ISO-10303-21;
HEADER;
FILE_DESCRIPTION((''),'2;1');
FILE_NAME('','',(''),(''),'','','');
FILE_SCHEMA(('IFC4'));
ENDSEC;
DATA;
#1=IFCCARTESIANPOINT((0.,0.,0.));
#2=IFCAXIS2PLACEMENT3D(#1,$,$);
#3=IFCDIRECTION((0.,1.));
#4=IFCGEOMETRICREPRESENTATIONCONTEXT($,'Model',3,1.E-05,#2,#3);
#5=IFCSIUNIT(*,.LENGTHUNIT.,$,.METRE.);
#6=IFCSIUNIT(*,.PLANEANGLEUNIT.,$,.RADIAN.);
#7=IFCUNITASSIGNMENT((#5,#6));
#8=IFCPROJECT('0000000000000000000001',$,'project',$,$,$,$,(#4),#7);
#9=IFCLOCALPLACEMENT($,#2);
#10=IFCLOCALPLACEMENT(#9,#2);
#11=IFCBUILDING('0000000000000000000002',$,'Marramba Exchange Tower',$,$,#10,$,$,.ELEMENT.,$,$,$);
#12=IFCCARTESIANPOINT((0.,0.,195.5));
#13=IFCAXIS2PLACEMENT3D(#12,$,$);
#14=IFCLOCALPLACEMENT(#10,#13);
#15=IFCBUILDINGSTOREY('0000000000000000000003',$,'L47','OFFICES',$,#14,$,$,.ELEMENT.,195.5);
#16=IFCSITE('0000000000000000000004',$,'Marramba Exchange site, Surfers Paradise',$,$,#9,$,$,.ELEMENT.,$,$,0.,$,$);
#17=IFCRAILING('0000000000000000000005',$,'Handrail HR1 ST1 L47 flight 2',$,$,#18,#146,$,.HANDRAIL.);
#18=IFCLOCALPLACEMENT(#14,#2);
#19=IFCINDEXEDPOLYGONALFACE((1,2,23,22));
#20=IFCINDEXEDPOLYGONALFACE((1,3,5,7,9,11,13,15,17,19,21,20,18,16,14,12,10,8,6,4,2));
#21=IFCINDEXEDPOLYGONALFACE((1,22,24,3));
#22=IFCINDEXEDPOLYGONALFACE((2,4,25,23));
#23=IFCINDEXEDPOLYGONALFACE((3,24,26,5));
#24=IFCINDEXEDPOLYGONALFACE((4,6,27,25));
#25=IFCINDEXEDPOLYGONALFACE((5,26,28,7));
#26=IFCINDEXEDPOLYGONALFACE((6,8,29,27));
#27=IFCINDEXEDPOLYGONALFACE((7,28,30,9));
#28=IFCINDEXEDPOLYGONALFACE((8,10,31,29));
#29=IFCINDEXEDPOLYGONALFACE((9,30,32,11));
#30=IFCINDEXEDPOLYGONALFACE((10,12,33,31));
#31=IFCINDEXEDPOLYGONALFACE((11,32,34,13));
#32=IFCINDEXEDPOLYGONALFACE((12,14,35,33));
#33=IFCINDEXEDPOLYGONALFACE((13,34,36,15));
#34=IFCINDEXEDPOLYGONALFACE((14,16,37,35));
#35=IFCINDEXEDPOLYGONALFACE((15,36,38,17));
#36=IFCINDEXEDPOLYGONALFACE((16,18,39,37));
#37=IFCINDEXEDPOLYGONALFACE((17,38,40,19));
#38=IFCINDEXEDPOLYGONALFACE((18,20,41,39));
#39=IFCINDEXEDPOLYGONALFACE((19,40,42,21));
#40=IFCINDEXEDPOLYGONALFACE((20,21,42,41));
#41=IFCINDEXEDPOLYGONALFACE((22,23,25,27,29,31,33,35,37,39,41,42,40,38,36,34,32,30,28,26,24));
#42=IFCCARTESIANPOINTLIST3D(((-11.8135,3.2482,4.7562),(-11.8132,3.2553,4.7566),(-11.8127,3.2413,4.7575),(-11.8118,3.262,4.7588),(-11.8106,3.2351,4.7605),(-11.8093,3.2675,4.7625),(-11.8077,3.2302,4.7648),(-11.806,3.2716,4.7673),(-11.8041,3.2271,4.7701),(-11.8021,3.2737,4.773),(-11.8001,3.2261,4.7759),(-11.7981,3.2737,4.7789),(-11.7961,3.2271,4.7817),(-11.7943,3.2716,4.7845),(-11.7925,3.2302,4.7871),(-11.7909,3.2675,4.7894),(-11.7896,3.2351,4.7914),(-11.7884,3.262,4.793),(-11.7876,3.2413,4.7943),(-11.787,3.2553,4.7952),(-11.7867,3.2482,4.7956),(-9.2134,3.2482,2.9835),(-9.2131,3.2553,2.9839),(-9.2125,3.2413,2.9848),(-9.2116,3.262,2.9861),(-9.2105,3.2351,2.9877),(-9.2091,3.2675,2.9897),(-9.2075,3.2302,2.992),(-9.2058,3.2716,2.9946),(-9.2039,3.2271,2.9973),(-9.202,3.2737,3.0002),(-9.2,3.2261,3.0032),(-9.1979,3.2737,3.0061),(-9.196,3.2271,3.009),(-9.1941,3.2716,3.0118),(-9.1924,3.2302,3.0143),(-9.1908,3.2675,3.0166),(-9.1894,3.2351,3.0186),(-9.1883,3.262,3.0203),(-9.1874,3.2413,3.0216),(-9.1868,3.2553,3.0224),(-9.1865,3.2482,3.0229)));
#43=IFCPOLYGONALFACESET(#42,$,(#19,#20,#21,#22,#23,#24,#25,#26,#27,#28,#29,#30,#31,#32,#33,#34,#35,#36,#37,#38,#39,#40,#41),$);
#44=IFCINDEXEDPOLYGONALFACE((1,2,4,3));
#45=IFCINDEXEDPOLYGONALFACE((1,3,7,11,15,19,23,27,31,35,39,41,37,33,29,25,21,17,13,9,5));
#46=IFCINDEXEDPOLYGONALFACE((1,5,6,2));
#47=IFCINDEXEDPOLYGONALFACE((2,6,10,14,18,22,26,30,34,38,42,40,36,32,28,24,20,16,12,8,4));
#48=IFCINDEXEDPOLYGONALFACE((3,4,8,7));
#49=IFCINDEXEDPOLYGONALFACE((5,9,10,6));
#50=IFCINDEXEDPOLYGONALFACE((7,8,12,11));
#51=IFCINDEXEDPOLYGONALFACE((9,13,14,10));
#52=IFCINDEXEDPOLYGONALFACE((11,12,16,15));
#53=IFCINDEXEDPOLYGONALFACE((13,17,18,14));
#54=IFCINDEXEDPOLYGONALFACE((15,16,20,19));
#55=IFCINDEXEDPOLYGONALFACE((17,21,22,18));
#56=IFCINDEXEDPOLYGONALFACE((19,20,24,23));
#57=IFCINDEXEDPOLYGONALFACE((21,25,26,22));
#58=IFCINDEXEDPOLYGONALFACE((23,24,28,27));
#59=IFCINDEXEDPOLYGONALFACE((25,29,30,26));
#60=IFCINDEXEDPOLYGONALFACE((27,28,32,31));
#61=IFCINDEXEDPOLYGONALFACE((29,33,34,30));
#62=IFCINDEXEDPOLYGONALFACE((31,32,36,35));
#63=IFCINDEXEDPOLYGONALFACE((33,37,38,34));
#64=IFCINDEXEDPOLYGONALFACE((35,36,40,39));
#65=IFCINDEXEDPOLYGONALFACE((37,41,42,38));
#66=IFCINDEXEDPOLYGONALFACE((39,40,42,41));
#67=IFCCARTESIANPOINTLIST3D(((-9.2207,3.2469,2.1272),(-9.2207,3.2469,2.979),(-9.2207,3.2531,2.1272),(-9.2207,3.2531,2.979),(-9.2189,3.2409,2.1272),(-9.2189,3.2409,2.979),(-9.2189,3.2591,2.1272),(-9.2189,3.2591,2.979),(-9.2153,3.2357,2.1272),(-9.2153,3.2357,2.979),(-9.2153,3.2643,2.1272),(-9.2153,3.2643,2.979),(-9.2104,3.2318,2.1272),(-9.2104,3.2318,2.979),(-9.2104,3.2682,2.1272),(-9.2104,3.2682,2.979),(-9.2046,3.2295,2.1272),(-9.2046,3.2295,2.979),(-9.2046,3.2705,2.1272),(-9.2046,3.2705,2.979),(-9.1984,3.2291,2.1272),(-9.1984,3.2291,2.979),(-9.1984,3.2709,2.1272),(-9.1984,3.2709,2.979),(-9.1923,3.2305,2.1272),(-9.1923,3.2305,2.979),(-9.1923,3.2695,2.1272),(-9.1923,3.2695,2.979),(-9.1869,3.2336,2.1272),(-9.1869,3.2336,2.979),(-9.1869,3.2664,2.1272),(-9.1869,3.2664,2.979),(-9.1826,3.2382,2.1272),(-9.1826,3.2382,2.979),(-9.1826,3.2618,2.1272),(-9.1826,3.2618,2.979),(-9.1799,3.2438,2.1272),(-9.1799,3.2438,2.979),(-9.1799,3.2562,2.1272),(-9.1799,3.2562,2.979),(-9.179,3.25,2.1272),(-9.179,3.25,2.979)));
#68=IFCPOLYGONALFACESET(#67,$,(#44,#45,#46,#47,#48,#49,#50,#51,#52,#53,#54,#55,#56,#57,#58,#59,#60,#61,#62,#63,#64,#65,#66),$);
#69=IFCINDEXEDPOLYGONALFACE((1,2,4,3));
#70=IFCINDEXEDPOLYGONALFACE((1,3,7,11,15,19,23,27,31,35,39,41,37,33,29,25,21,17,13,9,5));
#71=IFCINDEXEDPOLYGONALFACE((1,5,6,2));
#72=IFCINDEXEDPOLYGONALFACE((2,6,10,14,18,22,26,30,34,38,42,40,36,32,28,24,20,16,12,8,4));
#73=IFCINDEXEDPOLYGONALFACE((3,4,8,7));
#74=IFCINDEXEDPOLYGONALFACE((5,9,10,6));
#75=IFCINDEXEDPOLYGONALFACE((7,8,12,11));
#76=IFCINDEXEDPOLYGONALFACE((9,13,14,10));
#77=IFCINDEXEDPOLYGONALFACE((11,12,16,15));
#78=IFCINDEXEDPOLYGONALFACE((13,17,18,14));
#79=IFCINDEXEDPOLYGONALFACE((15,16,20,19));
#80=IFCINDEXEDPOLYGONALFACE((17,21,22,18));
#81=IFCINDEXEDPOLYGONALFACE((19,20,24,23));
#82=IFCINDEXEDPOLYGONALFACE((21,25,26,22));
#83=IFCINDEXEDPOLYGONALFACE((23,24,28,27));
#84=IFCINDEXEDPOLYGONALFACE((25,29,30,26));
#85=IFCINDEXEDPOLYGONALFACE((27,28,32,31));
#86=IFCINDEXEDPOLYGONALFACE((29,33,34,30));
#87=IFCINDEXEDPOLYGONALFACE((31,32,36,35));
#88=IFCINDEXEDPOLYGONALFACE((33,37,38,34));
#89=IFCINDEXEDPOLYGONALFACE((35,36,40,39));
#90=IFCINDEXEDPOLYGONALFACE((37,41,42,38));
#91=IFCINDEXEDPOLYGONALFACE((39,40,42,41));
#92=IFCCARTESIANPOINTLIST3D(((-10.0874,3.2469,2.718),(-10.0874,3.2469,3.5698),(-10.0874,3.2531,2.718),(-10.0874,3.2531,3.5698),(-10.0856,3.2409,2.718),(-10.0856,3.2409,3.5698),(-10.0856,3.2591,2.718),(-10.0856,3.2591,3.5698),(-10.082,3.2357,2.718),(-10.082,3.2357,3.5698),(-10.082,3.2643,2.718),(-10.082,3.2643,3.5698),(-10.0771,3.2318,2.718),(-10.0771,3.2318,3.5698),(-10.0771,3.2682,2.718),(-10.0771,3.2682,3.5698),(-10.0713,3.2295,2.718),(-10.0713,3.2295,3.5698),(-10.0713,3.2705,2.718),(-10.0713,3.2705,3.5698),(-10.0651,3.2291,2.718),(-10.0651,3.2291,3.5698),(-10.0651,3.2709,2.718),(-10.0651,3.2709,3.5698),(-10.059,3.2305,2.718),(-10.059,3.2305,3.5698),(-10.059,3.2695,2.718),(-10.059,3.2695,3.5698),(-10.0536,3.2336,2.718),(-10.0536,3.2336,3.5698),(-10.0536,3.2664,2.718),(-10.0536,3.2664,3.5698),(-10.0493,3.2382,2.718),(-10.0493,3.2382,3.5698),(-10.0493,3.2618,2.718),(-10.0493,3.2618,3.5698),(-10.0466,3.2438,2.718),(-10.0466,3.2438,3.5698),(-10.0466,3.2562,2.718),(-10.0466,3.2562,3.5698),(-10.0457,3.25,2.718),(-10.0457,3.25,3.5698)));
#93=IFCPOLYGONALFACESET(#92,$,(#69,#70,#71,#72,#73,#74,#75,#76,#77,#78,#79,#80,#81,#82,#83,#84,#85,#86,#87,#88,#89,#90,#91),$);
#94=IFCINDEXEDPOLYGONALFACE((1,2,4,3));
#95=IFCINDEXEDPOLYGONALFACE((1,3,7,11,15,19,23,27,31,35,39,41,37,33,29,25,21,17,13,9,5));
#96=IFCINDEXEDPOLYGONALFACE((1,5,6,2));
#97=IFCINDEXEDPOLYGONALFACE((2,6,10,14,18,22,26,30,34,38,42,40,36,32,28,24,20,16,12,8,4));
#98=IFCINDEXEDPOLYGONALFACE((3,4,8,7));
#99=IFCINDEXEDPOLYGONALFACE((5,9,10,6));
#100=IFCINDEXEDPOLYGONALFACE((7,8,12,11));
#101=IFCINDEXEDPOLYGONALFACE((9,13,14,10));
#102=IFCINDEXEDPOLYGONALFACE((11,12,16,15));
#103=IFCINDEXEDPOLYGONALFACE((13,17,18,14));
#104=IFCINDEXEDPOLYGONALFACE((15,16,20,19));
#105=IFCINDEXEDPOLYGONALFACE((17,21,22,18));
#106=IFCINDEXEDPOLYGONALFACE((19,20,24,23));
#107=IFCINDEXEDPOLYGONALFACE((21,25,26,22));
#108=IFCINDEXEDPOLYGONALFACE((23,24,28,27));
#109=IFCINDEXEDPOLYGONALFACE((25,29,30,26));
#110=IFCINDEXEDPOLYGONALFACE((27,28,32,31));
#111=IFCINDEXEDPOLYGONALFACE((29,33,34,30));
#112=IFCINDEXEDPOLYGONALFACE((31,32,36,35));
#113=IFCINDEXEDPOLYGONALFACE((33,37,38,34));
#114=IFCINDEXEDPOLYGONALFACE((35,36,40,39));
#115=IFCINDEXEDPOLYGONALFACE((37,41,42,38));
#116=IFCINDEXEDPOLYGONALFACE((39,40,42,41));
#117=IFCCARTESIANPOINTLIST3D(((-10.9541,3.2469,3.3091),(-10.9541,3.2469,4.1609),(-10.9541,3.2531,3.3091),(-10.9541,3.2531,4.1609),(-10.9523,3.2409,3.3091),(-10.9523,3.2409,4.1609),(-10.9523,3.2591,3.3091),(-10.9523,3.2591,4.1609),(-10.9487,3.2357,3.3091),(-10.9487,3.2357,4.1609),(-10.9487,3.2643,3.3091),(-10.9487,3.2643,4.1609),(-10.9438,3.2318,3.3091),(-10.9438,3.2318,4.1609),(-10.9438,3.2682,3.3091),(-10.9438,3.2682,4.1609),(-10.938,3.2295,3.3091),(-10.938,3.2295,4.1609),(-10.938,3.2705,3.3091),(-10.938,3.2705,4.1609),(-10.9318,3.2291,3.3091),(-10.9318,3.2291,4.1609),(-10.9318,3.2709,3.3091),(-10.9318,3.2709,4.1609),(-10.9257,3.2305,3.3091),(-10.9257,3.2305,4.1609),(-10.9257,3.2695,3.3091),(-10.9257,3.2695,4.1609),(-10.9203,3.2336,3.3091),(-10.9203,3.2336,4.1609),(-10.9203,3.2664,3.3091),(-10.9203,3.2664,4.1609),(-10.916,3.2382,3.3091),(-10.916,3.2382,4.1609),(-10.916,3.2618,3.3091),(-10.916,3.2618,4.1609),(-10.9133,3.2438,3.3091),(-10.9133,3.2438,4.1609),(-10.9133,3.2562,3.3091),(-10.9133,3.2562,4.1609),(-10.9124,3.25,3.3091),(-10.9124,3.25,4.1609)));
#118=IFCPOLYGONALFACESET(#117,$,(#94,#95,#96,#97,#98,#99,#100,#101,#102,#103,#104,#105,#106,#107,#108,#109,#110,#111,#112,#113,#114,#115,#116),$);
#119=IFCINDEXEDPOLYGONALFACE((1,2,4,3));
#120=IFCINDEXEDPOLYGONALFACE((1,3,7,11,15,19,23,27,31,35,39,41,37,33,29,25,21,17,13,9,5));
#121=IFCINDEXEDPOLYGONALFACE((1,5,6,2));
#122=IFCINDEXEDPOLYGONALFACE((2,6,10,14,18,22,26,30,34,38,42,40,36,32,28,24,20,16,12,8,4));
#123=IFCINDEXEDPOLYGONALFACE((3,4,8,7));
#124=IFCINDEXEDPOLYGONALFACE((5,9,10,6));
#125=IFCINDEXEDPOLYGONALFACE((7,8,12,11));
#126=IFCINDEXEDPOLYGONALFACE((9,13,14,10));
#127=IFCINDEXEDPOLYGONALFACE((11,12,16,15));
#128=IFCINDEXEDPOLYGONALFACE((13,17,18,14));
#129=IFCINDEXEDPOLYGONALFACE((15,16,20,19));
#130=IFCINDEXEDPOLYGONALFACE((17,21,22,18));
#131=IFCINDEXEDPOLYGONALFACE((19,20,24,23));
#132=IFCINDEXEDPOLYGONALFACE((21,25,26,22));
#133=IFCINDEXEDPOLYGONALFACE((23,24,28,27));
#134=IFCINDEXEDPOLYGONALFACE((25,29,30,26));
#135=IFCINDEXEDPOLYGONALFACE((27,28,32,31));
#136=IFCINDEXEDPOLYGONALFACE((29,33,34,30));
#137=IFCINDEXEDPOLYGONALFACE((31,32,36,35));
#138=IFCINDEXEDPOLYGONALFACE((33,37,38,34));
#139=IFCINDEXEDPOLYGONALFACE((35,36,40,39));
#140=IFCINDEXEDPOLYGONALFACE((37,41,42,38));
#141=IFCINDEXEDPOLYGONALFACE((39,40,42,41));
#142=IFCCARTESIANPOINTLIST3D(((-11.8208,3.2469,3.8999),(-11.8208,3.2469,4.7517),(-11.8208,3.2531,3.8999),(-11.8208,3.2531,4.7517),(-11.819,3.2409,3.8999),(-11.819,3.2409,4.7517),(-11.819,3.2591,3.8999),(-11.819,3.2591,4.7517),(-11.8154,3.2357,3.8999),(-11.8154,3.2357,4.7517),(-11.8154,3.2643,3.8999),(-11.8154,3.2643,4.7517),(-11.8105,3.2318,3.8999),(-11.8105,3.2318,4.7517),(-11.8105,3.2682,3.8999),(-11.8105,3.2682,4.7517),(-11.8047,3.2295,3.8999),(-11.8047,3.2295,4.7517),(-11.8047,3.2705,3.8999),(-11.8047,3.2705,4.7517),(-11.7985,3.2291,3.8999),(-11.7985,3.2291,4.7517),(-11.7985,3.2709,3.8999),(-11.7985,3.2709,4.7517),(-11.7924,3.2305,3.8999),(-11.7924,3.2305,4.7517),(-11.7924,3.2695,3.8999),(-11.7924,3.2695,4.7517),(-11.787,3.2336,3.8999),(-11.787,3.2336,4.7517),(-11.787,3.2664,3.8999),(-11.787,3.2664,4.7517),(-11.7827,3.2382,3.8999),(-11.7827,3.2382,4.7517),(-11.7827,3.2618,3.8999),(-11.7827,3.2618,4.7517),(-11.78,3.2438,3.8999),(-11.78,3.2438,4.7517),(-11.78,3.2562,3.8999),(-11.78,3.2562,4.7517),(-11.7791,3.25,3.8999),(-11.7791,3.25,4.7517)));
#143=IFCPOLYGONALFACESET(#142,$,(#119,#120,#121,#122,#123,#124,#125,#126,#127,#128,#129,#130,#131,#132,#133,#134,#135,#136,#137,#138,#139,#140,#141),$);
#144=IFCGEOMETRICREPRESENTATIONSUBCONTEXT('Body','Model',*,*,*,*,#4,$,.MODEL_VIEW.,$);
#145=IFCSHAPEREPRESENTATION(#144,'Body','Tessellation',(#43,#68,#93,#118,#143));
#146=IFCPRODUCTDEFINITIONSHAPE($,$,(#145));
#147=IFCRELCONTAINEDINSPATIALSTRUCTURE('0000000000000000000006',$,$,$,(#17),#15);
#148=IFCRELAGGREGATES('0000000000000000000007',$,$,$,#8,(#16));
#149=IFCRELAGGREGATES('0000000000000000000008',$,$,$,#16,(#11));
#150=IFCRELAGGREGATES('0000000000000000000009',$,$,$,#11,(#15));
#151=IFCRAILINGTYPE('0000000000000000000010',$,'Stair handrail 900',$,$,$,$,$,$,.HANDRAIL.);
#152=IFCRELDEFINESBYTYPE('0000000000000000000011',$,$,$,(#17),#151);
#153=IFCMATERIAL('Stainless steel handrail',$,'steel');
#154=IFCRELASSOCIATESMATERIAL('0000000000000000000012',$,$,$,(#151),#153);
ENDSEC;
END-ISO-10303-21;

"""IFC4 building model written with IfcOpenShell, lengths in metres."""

from ifc_helpers import new_model, si_unit, direction, frame, origin, origin_2d, place, context, subcontext, project, spatial, circle, extrude, material, type_object, element, save


model = new_model("IFC4")

# Units and contexts
model_context = context("Model", 3, precision=1e-05, world=origin(), true_north=direction((0.0, 1.0)))
body_context = subcontext(model_context, "Body", "Model", "MODEL_VIEW")
ifc_project = project(units=[si_unit("LENGTHUNIT", "METRE"), si_unit("PLANEANGLEUNIT", "RADIAN")], contexts=[model_context])

# Site, building, storey
site_placement = place(None, origin())
site = spatial("IfcSite", under=ifc_project, at=site_placement, Name="Marramba Exchange site, Surfers Paradise", CompositionType="ELEMENT", RefElevation=0.0)
building_placement = place(site_placement, origin())
building = spatial("IfcBuilding", under=site, at=building_placement, Name="Marramba Exchange Tower", CompositionType="ELEMENT")
storey_placement = place(building_placement, frame((0.0, 0.0, 195.5)))
storey = spatial("IfcBuildingStorey", under=building, at=storey_placement, Name="L47", Description="OFFICES", CompositionType="ELEMENT", Elevation=195.5)

# Railing
ifc_material_1 = material(Name="Stainless steel handrail", Category="steel")
railing_type = type_object("IfcRailingType", Name="Stair handrail 900", PredefinedType="HANDRAIL", material=ifc_material_1)
railing_1_placement = place(storey_placement, frame((-9.2, 3.25, 2.1272)))
element("IfcRailing", 1, at=railing_1_placement, inside=storey, type_object=railing_type, Name="Handrail HR1 ST1 L47 flight 2", PredefinedType="HANDRAIL", context=body_context, shape_type="SweptSolid", body=[
    extrude(circle(Radius=0.0239, at=origin_2d()), frame((0.0, 0.0, 0.876), z_axis=(-0.82624, 0.0, 0.563318), x_axis=(0.0, -1.0, 0.0)), (0.0, 0.0, 1.0), 3.147),
    extrude(circle(Radius=0.021, at=origin_2d()), origin(), (0.0, 0.0, 1.0), 0.8518),
    extrude(circle(Radius=0.021, at=origin_2d()), frame((-0.8667, 0.0, 0.5908)), (0.0, 0.0, 1.0), 0.8518),
    extrude(circle(Radius=0.021, at=origin_2d()), frame((-1.7334, 0.0, 1.1819)), (0.0, 0.0, 1.0), 0.8518),
    extrude(circle(Radius=0.021, at=origin_2d()), frame((-2.6001, 0.0, 1.7727)), (0.0, 0.0, 1.0), 0.8518),
])

save(model, "model.ifc")
